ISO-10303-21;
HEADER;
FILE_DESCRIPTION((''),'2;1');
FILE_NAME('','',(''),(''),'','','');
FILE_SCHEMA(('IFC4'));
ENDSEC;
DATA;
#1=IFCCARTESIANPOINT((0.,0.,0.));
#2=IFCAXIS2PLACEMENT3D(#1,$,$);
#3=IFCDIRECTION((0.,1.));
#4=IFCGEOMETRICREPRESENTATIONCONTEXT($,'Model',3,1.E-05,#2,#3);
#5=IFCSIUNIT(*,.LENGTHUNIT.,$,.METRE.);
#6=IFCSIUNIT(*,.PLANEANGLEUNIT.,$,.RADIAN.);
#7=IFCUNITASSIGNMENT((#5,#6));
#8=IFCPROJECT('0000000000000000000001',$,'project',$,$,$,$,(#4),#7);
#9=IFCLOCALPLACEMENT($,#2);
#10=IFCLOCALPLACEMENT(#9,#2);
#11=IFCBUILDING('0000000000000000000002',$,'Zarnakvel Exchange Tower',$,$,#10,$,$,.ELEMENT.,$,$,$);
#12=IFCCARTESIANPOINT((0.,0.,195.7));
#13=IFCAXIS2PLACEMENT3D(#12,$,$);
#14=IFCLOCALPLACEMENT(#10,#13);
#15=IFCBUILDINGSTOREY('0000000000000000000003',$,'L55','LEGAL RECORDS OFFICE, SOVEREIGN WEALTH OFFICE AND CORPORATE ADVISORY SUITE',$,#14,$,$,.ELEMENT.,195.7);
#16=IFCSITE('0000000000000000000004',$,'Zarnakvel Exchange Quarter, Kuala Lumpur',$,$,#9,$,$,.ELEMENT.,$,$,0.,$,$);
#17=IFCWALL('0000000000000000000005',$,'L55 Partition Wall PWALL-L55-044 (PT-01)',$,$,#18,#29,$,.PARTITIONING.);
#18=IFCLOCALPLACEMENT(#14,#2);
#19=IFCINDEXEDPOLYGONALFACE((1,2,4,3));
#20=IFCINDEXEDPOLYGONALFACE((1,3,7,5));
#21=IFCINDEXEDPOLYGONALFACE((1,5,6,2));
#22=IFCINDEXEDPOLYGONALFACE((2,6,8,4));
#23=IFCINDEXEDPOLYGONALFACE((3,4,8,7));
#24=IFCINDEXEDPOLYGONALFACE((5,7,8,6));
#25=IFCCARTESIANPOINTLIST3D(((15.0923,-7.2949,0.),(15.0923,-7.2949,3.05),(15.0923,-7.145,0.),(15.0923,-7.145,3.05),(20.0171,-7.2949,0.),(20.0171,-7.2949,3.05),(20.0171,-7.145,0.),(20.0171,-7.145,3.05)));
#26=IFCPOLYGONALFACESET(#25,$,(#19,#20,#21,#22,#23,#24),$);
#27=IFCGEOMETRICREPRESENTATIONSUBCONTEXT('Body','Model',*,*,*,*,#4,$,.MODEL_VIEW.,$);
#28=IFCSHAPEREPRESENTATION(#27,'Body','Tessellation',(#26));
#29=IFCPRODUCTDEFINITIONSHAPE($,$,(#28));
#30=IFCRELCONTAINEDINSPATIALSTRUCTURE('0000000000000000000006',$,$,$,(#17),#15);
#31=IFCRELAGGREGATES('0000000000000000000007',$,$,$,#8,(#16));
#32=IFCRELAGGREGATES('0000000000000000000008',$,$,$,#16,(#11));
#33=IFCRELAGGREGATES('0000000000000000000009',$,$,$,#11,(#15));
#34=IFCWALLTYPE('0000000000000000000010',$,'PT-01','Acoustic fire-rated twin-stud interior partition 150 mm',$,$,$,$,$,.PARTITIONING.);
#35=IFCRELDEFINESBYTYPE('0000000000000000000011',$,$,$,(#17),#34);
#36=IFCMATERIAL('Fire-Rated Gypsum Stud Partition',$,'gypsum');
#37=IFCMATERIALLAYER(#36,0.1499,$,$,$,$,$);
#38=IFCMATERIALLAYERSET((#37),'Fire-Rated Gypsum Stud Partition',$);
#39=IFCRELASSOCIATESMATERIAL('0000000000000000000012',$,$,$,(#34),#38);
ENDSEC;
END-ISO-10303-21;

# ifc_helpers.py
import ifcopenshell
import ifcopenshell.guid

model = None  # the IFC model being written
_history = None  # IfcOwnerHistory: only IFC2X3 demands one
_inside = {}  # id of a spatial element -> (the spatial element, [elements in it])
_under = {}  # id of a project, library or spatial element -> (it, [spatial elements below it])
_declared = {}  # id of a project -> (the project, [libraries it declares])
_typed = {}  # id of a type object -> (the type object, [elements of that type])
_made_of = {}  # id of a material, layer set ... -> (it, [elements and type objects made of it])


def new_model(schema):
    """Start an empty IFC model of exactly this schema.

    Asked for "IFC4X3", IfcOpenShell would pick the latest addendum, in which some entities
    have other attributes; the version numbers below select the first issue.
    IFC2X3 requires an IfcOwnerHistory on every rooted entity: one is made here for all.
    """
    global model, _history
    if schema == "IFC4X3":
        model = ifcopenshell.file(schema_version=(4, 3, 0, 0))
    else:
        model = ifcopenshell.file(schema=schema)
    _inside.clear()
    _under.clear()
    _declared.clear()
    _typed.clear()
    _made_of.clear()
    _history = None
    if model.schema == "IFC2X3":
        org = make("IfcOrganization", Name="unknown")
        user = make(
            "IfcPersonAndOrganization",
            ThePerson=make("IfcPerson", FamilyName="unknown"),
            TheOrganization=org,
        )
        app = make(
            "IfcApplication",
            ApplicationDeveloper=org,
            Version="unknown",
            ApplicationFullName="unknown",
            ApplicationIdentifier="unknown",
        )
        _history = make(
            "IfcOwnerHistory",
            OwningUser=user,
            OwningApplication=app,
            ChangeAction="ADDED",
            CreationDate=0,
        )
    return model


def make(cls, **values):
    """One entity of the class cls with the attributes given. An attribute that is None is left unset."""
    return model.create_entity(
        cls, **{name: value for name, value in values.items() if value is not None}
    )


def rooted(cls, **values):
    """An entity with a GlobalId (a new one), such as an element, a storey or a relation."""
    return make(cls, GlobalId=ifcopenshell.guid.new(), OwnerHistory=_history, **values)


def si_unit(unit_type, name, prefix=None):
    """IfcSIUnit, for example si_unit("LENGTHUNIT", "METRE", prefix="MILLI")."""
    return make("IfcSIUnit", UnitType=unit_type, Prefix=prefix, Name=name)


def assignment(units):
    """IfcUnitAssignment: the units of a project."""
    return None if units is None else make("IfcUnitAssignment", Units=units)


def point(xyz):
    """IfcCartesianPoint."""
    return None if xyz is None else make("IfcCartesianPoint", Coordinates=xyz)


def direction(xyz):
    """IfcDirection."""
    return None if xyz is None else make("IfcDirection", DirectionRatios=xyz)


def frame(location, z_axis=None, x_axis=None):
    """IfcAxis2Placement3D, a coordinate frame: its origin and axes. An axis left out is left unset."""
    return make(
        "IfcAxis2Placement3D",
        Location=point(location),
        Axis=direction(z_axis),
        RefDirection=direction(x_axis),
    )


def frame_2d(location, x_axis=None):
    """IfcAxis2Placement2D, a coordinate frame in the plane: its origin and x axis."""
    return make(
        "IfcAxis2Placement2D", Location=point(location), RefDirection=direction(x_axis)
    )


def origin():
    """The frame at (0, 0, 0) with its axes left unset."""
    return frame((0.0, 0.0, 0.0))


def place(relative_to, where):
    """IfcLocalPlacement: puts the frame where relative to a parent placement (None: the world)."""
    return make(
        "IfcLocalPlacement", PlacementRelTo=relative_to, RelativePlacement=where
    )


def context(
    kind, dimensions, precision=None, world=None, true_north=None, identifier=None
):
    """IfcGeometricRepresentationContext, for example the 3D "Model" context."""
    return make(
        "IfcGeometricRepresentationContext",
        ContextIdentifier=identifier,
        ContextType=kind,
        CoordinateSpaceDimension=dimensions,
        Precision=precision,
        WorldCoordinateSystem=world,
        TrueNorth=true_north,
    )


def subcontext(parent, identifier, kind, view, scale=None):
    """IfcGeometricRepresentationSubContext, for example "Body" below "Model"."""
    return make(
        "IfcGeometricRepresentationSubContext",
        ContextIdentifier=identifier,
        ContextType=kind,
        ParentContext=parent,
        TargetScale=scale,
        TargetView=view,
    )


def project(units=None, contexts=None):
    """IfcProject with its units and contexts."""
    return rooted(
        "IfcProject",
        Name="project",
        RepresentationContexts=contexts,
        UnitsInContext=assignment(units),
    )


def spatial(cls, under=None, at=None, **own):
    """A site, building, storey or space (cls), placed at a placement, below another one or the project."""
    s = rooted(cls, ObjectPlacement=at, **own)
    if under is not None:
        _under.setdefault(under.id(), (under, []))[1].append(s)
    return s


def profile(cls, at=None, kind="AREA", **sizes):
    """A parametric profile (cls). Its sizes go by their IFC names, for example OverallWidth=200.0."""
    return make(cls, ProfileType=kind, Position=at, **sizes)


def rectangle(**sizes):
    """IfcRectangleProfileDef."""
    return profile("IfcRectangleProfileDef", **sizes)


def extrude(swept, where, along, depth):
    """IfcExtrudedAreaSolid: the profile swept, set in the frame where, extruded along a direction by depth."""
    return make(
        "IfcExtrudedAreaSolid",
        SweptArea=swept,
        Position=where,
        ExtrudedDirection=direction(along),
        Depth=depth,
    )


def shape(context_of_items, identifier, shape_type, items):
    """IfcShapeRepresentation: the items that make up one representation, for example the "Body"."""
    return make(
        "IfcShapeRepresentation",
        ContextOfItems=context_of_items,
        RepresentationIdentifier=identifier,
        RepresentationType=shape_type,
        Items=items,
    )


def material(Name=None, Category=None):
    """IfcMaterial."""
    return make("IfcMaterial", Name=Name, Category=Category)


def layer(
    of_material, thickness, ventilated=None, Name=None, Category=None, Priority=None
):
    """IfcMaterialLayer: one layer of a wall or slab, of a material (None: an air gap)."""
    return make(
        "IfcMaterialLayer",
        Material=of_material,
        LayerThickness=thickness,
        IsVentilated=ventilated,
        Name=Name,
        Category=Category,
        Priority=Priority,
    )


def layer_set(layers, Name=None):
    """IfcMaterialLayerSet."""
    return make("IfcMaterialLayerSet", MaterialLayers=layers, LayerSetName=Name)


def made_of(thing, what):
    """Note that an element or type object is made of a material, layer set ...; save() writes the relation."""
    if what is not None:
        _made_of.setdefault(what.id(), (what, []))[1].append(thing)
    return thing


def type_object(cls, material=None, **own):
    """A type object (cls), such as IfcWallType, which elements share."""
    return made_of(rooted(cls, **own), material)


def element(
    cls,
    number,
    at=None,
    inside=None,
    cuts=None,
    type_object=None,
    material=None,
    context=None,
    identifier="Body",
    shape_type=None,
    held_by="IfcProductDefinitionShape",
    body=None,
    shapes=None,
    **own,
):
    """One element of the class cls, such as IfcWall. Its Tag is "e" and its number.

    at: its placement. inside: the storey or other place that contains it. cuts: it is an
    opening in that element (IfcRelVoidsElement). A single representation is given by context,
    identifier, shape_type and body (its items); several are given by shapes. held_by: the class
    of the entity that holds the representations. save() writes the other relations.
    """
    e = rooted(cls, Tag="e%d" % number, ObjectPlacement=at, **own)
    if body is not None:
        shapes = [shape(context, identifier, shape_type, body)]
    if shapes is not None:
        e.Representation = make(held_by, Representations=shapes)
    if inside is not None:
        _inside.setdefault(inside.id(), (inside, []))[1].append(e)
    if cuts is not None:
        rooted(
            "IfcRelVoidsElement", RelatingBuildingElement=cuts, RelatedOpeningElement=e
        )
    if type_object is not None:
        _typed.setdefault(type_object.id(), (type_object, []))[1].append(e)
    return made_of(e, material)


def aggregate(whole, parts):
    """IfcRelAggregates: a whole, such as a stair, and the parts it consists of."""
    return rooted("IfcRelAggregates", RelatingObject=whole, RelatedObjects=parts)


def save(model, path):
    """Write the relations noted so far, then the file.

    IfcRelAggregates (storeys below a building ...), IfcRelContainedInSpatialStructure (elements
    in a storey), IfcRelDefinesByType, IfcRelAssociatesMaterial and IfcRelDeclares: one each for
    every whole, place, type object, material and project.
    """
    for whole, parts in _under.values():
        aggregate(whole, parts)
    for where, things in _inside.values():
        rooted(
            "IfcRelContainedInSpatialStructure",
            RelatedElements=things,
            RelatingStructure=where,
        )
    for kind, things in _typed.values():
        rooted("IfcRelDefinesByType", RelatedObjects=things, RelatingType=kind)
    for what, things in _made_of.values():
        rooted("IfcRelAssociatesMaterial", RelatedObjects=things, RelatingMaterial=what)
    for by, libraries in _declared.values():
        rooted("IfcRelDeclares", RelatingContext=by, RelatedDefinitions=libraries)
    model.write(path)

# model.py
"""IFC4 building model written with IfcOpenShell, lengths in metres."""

from ifc_helpers import new_model, si_unit, direction, frame, frame_2d, origin, place, context, subcontext, project, spatial, rectangle, extrude, material, layer, layer_set, type_object, element, save


model = new_model("IFC4")

# Units and contexts
model_context = context("Model", 3, precision=1e-05, world=origin(), true_north=direction((0.0, 1.0)))
body_context = subcontext(model_context, "Body", "Model", "MODEL_VIEW")
ifc_project = project(units=[si_unit("LENGTHUNIT", "METRE"), si_unit("PLANEANGLEUNIT", "RADIAN")], contexts=[model_context])

# Site, building, storey
site_placement = place(None, origin())
site = spatial("IfcSite", under=ifc_project, at=site_placement, Name="Zarnakvel Exchange Quarter, Kuala Lumpur", CompositionType="ELEMENT", RefElevation=0.0)
building_placement = place(site_placement, origin())
building = spatial("IfcBuilding", under=site, at=building_placement, Name="Zarnakvel Exchange Tower", CompositionType="ELEMENT")
storey_placement = place(building_placement, frame((0.0, 0.0, 195.7)))
storey = spatial("IfcBuildingStorey", under=building, at=storey_placement, Name="L55", Description="LEGAL RECORDS OFFICE, SOVEREIGN WEALTH OFFICE AND CORPORATE ADVISORY SUITE", CompositionType="ELEMENT", Elevation=195.7)

# Shared definitions
ifc_material_1 = material(Name="Fire-Rated Gypsum Stud Partition", Category="gypsum")
ifc_layer_1 = layer(ifc_material_1, 0.1499)
ifc_layer_set_1 = layer_set([ifc_layer_1], Name="Fire-Rated Gypsum Stud Partition")
wall_type_1 = type_object("IfcWallType", Name="PT-01", Description="Acoustic fire-rated twin-stud interior partition 150 mm", PredefinedType="PARTITIONING", material=ifc_layer_set_1)

# Wall
wall_1_placement = place(storey_placement, frame((20.0171, -7.22, 0.0), z_axis=(0.0, 0.0, 1.0), x_axis=(-1.0, 0.0, 0.0)))
element("IfcWall", 1, at=wall_1_placement, inside=storey, type_object=wall_type_1, Name="L55 Partition Wall PWALL-L55-044 (PT-01)", PredefinedType="PARTITIONING", context=body_context, shape_type="SweptSolid", body=[
    extrude(rectangle(XDim=4.9248, YDim=0.1499, at=frame_2d((2.4624, 0.0))), origin(), (0.0, 0.0, 1.0), 3.05),
])

save(model, "model.ifc")
